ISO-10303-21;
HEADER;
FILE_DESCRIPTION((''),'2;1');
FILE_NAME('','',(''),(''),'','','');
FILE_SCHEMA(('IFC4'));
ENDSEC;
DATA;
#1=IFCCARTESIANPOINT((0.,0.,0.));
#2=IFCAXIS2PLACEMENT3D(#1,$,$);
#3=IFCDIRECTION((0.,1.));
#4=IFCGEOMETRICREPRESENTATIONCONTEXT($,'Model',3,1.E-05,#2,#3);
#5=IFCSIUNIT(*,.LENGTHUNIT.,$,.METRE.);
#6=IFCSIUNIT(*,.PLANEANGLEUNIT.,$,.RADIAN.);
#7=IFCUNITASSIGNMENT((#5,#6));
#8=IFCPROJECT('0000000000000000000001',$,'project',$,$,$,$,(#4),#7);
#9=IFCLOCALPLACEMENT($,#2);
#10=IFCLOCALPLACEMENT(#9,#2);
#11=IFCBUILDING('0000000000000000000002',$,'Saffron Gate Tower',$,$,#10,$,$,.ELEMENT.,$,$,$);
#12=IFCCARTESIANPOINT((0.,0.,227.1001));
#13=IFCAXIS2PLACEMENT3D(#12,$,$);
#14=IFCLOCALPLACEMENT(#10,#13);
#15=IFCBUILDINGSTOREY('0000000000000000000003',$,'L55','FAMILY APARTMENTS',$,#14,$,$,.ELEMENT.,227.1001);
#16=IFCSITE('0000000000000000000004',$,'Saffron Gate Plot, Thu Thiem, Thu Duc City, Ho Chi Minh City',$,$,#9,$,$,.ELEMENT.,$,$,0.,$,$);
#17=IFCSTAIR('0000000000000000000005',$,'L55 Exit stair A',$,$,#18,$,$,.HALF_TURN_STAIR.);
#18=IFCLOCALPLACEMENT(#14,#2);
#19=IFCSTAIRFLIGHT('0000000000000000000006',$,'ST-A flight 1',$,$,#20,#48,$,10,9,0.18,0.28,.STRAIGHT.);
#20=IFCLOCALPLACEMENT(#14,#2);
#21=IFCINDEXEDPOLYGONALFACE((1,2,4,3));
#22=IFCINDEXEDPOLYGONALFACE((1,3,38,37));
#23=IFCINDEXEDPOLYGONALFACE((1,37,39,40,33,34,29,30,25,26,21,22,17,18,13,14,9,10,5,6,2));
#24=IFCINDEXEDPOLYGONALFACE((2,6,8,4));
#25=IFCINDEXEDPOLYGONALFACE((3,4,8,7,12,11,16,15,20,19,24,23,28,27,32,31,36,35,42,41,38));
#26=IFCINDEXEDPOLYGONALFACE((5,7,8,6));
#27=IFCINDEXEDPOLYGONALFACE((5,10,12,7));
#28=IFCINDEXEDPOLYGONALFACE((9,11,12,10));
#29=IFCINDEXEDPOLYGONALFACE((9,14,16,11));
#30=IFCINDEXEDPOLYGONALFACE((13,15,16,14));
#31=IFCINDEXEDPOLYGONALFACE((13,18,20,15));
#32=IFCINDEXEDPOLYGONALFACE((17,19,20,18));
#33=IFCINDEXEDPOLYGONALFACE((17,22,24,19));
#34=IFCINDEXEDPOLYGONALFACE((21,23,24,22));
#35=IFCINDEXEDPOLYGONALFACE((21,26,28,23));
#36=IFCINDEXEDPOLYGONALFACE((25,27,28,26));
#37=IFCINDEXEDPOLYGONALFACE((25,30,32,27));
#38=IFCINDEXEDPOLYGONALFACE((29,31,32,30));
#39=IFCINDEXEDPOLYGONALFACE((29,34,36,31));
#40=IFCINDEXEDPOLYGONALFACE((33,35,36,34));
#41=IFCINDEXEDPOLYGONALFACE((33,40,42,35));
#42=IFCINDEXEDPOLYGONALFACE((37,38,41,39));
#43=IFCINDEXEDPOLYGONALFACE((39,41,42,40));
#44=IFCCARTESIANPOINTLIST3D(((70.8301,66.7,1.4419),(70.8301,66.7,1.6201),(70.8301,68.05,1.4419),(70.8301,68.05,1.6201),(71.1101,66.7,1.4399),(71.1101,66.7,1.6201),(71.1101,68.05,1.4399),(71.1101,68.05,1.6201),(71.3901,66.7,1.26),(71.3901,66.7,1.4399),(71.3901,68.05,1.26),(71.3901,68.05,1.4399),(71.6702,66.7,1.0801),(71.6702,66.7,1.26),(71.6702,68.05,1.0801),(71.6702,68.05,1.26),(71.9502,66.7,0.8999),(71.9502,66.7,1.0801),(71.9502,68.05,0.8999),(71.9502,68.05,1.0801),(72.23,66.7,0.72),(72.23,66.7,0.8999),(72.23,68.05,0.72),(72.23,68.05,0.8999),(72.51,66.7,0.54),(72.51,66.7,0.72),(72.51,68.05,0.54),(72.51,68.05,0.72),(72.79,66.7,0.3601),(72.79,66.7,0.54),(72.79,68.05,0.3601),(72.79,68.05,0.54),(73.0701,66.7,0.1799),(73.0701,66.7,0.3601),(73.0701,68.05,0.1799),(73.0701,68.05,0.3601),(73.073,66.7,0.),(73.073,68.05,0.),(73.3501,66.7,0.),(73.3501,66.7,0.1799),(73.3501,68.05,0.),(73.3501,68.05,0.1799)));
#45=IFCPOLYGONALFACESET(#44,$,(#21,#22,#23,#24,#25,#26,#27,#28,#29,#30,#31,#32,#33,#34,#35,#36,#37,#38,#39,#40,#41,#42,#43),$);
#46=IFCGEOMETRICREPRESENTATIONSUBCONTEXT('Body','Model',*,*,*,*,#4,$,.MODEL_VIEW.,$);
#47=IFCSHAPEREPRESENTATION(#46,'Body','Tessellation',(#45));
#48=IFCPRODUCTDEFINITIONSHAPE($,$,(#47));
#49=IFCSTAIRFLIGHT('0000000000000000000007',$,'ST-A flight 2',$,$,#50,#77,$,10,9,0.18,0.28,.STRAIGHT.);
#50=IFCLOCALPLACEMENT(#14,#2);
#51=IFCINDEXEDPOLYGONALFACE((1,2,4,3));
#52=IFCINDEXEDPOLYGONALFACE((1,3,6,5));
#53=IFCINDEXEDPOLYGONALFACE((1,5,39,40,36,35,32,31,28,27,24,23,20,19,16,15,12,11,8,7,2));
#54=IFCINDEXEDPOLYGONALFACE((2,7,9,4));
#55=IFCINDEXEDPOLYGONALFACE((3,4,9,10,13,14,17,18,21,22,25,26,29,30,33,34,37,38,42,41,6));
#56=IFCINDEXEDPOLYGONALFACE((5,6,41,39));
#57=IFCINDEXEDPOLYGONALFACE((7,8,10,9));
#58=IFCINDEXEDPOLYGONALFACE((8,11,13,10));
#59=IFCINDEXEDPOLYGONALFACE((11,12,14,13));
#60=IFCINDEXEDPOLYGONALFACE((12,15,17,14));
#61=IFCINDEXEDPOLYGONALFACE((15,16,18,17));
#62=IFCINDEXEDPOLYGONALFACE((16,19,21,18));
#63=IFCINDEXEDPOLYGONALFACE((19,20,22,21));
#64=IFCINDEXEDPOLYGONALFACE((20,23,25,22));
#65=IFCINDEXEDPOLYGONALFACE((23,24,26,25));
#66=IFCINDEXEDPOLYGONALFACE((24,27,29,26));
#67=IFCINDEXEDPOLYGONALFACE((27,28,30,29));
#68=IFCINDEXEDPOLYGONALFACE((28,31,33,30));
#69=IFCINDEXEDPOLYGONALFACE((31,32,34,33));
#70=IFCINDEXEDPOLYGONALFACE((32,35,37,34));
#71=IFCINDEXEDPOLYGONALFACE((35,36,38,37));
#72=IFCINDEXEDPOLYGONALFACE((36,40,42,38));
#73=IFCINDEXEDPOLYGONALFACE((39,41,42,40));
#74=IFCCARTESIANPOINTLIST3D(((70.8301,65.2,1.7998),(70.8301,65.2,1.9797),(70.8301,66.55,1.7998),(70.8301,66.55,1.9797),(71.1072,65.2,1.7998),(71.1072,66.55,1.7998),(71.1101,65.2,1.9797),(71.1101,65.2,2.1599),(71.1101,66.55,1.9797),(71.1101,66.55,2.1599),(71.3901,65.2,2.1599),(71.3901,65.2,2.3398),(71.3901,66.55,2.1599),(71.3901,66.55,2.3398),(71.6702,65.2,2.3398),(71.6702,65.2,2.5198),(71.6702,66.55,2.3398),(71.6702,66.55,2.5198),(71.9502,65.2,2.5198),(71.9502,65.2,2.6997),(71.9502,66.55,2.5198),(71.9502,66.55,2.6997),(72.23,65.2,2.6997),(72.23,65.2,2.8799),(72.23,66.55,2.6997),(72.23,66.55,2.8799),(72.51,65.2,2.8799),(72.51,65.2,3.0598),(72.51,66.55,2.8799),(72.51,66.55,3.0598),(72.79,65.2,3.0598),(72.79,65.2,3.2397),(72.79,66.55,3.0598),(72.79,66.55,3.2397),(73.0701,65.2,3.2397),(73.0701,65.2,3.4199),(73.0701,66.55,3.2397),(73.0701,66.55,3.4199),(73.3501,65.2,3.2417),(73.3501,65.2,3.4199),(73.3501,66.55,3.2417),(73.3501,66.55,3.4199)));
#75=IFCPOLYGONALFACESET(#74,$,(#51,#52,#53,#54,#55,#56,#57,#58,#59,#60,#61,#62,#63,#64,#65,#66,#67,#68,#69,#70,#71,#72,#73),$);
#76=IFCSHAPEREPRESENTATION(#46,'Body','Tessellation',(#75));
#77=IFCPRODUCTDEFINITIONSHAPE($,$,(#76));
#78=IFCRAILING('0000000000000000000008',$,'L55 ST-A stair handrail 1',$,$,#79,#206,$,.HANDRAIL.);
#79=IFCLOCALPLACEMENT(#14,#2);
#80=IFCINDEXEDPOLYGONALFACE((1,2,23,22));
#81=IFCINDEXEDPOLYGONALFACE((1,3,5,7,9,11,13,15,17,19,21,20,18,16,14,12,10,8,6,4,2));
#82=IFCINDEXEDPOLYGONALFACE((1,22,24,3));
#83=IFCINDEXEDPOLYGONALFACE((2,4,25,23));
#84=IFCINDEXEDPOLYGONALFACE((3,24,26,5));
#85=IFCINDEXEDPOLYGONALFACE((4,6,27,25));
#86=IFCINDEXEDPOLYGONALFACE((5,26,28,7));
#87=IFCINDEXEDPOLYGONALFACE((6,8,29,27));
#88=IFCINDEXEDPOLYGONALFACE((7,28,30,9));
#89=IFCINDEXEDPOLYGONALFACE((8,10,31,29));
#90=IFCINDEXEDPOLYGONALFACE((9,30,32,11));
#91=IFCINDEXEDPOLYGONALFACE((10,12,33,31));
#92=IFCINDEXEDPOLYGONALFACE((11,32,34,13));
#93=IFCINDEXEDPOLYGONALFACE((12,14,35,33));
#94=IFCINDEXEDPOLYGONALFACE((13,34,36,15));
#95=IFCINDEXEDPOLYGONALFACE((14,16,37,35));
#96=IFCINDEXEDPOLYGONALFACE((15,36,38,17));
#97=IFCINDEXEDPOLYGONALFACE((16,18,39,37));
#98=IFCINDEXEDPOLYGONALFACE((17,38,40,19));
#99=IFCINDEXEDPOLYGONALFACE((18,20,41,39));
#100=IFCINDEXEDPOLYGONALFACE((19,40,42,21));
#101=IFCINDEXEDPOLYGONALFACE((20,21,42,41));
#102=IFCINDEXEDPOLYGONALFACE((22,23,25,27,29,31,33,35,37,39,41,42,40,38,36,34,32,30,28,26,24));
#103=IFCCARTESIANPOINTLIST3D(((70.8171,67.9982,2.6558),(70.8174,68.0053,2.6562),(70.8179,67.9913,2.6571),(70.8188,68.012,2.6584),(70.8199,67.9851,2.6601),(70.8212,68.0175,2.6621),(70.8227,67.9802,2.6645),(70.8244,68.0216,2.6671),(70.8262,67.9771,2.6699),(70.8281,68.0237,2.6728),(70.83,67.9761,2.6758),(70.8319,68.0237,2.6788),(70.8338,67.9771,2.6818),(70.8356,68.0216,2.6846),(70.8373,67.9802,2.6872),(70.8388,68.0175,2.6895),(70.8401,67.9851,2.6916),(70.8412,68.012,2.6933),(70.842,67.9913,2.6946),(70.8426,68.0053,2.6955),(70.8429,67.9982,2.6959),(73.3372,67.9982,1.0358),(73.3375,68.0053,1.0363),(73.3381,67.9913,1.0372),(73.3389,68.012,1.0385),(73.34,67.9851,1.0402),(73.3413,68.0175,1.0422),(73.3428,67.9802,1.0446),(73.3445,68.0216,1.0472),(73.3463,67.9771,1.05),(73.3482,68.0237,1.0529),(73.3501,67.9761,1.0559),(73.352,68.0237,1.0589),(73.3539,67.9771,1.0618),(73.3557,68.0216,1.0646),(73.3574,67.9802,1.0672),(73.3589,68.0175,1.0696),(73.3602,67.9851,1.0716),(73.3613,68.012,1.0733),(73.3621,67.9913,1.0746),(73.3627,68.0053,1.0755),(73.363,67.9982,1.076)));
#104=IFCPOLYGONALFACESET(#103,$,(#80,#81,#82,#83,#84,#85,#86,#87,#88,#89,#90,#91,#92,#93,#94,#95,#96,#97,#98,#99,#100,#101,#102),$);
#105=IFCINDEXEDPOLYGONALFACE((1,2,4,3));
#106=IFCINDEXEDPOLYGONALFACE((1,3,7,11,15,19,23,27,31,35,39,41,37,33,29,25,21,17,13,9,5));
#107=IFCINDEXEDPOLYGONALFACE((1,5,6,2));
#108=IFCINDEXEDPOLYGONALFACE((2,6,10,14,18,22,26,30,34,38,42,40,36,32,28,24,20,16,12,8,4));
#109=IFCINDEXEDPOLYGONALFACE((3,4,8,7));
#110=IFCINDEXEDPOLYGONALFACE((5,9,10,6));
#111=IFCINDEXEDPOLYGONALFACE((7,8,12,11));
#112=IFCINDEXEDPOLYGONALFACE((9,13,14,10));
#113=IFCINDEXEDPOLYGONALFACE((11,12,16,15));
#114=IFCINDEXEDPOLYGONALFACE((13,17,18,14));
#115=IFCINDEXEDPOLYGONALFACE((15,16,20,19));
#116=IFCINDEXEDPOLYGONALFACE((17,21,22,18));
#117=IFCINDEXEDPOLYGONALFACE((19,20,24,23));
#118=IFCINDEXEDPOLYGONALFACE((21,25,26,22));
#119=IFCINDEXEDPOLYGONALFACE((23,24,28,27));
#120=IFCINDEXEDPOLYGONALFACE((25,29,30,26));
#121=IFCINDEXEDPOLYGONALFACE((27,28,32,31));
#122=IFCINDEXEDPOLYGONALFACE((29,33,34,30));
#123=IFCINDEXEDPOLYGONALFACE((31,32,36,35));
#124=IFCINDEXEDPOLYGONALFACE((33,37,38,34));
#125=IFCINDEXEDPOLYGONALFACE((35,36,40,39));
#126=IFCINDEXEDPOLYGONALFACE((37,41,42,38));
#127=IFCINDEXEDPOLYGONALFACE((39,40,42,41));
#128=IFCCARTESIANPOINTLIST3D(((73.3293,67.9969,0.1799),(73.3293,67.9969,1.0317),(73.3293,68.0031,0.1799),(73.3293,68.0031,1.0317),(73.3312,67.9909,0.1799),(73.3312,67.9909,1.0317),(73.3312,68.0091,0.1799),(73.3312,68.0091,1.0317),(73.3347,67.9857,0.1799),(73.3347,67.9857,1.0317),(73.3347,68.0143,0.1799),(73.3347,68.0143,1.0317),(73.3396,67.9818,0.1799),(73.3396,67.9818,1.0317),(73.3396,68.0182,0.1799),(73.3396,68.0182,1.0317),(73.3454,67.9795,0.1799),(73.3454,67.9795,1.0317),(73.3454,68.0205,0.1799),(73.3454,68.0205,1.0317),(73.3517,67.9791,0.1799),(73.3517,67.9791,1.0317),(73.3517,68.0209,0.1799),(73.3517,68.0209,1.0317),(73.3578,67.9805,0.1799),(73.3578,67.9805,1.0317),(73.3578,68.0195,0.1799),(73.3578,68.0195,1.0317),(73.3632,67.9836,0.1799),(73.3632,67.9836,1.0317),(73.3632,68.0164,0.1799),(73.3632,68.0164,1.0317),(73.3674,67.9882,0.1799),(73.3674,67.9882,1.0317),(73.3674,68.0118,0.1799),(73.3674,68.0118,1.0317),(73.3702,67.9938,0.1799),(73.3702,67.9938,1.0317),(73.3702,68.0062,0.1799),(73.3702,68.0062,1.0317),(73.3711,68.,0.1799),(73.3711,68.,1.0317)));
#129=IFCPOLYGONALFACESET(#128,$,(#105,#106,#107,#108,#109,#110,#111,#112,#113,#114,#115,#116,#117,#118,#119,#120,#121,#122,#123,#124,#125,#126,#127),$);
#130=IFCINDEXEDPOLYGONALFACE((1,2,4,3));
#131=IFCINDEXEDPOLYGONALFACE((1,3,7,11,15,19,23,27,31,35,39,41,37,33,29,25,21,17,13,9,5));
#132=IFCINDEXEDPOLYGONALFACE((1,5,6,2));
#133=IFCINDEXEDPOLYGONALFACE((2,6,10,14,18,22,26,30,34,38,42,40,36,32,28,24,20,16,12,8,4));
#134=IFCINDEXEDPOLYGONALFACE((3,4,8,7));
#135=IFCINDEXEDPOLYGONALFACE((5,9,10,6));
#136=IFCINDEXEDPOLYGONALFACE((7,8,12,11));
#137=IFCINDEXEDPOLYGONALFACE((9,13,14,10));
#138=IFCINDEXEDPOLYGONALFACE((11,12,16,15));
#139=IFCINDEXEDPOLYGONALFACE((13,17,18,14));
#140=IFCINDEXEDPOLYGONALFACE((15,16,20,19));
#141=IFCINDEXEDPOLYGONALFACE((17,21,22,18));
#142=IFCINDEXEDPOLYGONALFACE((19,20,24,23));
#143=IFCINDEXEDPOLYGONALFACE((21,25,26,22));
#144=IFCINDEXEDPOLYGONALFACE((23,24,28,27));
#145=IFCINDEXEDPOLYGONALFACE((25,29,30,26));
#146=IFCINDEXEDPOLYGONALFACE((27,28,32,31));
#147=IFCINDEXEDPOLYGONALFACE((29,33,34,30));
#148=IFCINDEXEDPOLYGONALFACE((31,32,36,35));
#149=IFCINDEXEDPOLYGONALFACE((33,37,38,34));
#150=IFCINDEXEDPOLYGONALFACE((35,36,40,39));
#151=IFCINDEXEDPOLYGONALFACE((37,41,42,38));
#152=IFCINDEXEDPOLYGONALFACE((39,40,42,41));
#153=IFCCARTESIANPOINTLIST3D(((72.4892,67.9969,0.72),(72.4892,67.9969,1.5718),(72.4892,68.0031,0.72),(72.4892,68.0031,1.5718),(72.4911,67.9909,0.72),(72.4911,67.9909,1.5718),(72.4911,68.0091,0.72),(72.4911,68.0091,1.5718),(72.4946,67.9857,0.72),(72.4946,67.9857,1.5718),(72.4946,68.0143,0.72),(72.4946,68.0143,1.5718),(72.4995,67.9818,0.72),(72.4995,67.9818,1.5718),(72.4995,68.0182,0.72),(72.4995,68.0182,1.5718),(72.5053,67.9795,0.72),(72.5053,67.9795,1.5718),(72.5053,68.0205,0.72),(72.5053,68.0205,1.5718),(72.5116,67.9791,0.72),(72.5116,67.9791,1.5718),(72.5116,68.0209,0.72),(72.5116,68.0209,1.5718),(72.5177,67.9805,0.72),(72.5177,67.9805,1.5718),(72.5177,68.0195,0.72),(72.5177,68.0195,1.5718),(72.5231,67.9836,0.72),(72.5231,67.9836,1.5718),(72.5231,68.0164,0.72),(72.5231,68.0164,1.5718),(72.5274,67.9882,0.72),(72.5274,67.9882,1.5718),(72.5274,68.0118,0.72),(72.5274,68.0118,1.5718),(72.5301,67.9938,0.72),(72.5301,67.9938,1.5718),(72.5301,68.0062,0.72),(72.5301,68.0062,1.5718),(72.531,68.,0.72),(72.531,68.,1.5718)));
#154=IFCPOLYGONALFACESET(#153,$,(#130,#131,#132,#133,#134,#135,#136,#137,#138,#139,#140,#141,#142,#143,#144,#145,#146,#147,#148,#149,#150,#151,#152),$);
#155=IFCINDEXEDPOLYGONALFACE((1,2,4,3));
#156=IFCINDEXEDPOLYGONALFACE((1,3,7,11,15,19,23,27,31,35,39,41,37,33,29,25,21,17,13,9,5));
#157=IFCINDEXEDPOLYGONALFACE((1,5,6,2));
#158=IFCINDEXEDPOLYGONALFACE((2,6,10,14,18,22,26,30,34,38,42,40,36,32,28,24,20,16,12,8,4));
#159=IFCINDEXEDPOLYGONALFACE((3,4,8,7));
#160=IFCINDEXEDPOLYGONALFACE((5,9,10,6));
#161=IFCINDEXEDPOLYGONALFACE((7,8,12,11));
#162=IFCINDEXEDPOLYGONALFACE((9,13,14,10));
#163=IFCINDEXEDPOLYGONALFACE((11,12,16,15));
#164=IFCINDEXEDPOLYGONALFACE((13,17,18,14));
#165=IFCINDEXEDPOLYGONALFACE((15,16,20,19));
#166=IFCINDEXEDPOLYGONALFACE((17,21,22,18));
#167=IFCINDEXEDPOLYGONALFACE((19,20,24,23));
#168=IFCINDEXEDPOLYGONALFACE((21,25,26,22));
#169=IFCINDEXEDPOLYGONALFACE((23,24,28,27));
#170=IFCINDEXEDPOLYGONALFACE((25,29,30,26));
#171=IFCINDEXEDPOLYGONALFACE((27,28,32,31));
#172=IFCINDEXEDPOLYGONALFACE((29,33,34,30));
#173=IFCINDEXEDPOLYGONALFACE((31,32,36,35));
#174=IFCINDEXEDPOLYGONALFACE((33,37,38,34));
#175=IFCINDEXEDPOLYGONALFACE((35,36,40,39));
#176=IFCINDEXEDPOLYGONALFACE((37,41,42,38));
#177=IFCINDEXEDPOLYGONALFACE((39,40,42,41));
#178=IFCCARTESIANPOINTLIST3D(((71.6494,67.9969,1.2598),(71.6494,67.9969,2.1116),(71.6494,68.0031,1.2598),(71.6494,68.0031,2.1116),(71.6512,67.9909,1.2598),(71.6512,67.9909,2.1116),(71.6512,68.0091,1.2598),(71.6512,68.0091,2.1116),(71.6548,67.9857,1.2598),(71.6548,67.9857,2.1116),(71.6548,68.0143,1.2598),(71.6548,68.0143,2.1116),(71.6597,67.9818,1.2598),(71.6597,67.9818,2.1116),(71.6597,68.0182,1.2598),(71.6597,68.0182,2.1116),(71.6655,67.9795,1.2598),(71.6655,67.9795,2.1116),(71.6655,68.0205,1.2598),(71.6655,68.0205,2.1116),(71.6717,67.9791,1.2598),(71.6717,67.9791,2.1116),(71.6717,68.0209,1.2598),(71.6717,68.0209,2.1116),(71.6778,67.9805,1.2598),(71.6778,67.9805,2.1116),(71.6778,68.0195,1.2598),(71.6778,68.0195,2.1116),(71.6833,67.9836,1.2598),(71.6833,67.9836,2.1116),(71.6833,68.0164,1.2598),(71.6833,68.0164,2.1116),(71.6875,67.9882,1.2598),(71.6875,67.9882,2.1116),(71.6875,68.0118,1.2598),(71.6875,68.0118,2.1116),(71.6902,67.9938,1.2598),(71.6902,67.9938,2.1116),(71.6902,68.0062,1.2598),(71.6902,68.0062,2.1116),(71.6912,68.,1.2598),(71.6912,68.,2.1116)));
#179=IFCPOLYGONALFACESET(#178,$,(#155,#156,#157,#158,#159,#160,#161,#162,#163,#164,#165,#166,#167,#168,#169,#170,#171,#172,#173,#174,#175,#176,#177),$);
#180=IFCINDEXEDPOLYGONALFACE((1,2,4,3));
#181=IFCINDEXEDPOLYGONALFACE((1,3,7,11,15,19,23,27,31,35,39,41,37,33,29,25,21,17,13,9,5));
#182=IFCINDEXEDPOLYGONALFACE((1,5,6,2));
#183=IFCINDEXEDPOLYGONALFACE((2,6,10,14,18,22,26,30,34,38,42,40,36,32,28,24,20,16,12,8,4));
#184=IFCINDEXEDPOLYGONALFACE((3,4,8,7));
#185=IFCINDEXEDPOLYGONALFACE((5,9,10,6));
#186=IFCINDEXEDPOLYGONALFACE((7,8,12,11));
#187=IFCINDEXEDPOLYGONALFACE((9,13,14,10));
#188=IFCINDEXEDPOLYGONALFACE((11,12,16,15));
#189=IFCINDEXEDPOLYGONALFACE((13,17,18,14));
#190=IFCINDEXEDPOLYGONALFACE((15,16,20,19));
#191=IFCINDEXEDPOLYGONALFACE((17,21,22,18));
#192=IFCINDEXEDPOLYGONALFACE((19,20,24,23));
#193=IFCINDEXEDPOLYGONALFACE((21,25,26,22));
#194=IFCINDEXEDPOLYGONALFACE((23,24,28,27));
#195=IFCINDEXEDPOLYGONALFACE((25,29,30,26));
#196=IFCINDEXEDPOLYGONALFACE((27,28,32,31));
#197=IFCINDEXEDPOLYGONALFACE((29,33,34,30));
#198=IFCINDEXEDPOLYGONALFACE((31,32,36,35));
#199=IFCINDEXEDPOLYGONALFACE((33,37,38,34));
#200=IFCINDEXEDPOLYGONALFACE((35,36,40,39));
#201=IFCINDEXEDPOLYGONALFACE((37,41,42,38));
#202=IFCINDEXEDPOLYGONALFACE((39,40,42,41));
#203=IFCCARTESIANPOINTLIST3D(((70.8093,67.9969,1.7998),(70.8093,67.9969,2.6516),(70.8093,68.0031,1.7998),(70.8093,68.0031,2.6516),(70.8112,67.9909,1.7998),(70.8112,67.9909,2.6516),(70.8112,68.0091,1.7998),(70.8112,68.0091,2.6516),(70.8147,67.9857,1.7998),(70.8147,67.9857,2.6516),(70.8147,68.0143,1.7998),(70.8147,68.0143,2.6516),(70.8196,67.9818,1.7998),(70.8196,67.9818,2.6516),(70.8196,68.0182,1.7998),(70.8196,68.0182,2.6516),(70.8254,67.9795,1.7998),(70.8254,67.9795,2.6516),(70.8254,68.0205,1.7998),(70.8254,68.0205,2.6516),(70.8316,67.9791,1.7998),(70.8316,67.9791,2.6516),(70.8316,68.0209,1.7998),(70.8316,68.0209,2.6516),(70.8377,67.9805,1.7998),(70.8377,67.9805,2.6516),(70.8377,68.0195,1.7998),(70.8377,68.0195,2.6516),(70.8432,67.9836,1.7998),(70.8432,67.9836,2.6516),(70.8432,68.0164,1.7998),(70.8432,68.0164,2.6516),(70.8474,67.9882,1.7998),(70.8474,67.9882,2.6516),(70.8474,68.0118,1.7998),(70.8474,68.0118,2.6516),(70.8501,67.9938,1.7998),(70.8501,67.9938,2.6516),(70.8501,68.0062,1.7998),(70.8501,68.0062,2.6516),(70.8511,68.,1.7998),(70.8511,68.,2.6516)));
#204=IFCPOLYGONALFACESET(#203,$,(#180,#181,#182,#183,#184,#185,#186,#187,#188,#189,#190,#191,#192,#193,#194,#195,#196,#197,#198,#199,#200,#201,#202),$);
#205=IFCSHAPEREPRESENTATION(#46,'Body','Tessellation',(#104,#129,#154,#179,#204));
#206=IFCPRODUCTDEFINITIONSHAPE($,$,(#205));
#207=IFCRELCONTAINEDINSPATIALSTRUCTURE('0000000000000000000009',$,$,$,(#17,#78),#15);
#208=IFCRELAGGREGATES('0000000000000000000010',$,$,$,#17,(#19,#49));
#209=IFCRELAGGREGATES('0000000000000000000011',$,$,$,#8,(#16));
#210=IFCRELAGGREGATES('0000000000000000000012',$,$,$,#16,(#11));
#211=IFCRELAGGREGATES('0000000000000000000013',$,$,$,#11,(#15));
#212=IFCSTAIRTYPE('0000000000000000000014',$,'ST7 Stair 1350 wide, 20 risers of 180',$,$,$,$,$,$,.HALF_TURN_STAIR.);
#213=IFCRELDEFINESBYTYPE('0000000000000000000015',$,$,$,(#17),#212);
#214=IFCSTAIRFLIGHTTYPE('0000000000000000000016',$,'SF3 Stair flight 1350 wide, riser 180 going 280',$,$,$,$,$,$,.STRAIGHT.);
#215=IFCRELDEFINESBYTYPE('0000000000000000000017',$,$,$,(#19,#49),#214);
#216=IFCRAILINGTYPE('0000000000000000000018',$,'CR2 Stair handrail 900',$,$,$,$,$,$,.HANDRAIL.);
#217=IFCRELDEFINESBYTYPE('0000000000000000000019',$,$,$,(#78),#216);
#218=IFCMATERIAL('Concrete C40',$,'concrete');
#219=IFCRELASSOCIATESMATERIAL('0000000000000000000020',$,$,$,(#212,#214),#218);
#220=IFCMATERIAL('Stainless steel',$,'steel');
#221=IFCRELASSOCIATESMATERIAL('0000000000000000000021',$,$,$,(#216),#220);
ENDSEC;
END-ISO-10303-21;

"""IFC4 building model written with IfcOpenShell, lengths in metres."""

from ifc_helpers import new_model, si_unit, direction, frame, origin, origin_2d, place, context, subcontext, project, spatial, polyline, circle, outline, extrude, material, type_object, element, aggregate, save


model = new_model("IFC4")

# Units and contexts
model_context = context("Model", 3, precision=1e-05, world=origin(), true_north=direction((0.0, 1.0)))
body_context = subcontext(model_context, "Body", "Model", "MODEL_VIEW")
ifc_project = project(units=[si_unit("LENGTHUNIT", "METRE"), si_unit("PLANEANGLEUNIT", "RADIAN")], contexts=[model_context])

# Site, building, storey
site_placement = place(None, origin())
site = spatial("IfcSite", under=ifc_project, at=site_placement, Name="Saffron Gate Plot, Thu Thiem, Thu Duc City, Ho Chi Minh City", CompositionType="ELEMENT", RefElevation=0.0)
building_placement = place(site_placement, origin())
building = spatial("IfcBuilding", under=site, at=building_placement, Name="Saffron Gate Tower", CompositionType="ELEMENT")
storey_placement = place(building_placement, frame((0.0, 0.0, 227.1001)))
storey = spatial("IfcBuildingStorey", under=building, at=storey_placement, Name="L55", Description="FAMILY APARTMENTS", CompositionType="ELEMENT", Elevation=227.1001)

# Stair, stair flights
ifc_material_1 = material(Name="Concrete C40", Category="concrete")
stair_type = type_object("IfcStairType", Name="ST7 Stair 1350 wide, 20 risers of 180", PredefinedType="HALF_TURN_STAIR", material=ifc_material_1)
stair_placement = place(storey_placement, origin())
stair = element("IfcStair", 1, at=stair_placement, inside=storey, type_object=stair_type, Name="L55 Exit stair A", PredefinedType="HALF_TURN_STAIR")
stair_flight_type = type_object("IfcStairFlightType", Name="SF3 Stair flight 1350 wide, riser 180 going 280", PredefinedType="STRAIGHT", material=ifc_material_1)
stair_flight_1_placement = place(storey_placement, frame((73.3501, 67.375, 0.0), z_axis=(0.0, 0.0, 1.0), x_axis=(-1.0, 0.0, 0.0)))
stair_flight_1 = element("IfcStairFlight", 2, at=stair_flight_1_placement, type_object=stair_flight_type, Name="ST-A flight 1", NumberOfRisers=10, NumberOfTreads=9, PredefinedType="STRAIGHT", RiserHeight=0.18, TreadLength=0.28, context=body_context, shape_type="SweptSolid", body=[
    extrude(outline(polyline([(0.0, 0.0), (0.0, 0.1799), (0.28, 0.1799), (0.28, 0.3601), (0.5601, 0.3601), (0.5601, 0.54), (0.8401, 0.54), (0.8401, 0.72), (1.1201, 0.72), (1.1201, 0.8999), (1.3999, 0.8999), (1.3999, 1.0801), (1.6799, 1.0801), (1.6799, 1.26), (1.96, 1.26), (1.96, 1.4399), (2.24, 1.4399), (2.24, 1.6201), (2.52, 1.6201), (2.52, 1.8), (2.52, 1.4419), (0.2771, 0.0), (0.0, 0.0)])), frame((0.0, 0.675, 0.0), z_axis=(0.0, -1.0, 0.0), x_axis=(1.0, 0.0, 0.0)), (0.0, 0.0, 1.0), 1.3501),
])
stair_flight_2_placement = place(storey_placement, frame((70.8301, 65.875, 1.7998), z_axis=(0.0, 0.0, 1.0), x_axis=(1.0, 0.0, 0.0)))
stair_flight_2 = element("IfcStairFlight", 3, at=stair_flight_2_placement, type_object=stair_flight_type, Name="ST-A flight 2", NumberOfRisers=10, NumberOfTreads=9, PredefinedType="STRAIGHT", RiserHeight=0.18, TreadLength=0.28, context=body_context, shape_type="SweptSolid", body=[
    extrude(outline(polyline([(0.0, 0.0), (0.0, 0.1799), (0.28, 0.1799), (0.28, 0.3601), (0.5601, 0.3601), (0.5601, 0.54), (0.8401, 0.54), (0.8401, 0.72), (1.1201, 0.72), (1.1201, 0.8999), (1.3999, 0.8999), (1.3999, 1.0801), (1.6799, 1.0801), (1.6799, 1.26), (1.96, 1.26), (1.96, 1.4399), (2.24, 1.4399), (2.24, 1.6201), (2.52, 1.6201), (2.52, 1.8), (2.52, 1.4419), (0.2771, 0.0), (0.0, 0.0)])), frame((0.0, 0.675, 0.0), z_axis=(0.0, -1.0, 0.0), x_axis=(1.0, 0.0, 0.0)), (0.0, 0.0, 1.0), 1.3501),
])
aggregate(stair, [stair_flight_1, stair_flight_2])

# Railing
ifc_material_2 = material(Name="Stainless steel", Category="steel")
railing_type_1 = type_object("IfcRailingType", Name="CR2 Stair handrail 900", PredefinedType="HANDRAIL", material=ifc_material_2)
railing_1_placement = place(storey_placement, frame((73.3501, 68.0, 0.1799)))
element("IfcRailing", 4, at=railing_1_placement, inside=storey, type_object=railing_type_1, Name="L55 ST-A stair handrail 1", PredefinedType="HANDRAIL", context=body_context, shape_type="SweptSolid", body=[
    extrude(circle(Radius=0.0239, at=origin_2d()), frame((0.0, 0.0, 0.876), z_axis=(-0.8412, 0.0, 0.540725), x_axis=(0.0, -1.0, 0.0)), (0.0, 0.0, 1.0), 2.9958),
    extrude(circle(Radius=0.021, at=origin_2d()), origin(), (0.0, 0.0, 1.0), 0.8518),
    extrude(circle(Radius=0.021, at=origin_2d()), frame((-0.8401, 0.0, 0.54)), (0.0, 0.0, 1.0), 0.8518),
    extrude(circle(Radius=0.021, at=origin_2d()), frame((-1.6799, 0.0, 1.0798)), (0.0, 0.0, 1.0), 0.8518),
    extrude(circle(Radius=0.021, at=origin_2d()), frame((-2.52, 0.0, 1.6199)), (0.0, 0.0, 1.0), 0.8518),
])

save(model, "model.ifc")
